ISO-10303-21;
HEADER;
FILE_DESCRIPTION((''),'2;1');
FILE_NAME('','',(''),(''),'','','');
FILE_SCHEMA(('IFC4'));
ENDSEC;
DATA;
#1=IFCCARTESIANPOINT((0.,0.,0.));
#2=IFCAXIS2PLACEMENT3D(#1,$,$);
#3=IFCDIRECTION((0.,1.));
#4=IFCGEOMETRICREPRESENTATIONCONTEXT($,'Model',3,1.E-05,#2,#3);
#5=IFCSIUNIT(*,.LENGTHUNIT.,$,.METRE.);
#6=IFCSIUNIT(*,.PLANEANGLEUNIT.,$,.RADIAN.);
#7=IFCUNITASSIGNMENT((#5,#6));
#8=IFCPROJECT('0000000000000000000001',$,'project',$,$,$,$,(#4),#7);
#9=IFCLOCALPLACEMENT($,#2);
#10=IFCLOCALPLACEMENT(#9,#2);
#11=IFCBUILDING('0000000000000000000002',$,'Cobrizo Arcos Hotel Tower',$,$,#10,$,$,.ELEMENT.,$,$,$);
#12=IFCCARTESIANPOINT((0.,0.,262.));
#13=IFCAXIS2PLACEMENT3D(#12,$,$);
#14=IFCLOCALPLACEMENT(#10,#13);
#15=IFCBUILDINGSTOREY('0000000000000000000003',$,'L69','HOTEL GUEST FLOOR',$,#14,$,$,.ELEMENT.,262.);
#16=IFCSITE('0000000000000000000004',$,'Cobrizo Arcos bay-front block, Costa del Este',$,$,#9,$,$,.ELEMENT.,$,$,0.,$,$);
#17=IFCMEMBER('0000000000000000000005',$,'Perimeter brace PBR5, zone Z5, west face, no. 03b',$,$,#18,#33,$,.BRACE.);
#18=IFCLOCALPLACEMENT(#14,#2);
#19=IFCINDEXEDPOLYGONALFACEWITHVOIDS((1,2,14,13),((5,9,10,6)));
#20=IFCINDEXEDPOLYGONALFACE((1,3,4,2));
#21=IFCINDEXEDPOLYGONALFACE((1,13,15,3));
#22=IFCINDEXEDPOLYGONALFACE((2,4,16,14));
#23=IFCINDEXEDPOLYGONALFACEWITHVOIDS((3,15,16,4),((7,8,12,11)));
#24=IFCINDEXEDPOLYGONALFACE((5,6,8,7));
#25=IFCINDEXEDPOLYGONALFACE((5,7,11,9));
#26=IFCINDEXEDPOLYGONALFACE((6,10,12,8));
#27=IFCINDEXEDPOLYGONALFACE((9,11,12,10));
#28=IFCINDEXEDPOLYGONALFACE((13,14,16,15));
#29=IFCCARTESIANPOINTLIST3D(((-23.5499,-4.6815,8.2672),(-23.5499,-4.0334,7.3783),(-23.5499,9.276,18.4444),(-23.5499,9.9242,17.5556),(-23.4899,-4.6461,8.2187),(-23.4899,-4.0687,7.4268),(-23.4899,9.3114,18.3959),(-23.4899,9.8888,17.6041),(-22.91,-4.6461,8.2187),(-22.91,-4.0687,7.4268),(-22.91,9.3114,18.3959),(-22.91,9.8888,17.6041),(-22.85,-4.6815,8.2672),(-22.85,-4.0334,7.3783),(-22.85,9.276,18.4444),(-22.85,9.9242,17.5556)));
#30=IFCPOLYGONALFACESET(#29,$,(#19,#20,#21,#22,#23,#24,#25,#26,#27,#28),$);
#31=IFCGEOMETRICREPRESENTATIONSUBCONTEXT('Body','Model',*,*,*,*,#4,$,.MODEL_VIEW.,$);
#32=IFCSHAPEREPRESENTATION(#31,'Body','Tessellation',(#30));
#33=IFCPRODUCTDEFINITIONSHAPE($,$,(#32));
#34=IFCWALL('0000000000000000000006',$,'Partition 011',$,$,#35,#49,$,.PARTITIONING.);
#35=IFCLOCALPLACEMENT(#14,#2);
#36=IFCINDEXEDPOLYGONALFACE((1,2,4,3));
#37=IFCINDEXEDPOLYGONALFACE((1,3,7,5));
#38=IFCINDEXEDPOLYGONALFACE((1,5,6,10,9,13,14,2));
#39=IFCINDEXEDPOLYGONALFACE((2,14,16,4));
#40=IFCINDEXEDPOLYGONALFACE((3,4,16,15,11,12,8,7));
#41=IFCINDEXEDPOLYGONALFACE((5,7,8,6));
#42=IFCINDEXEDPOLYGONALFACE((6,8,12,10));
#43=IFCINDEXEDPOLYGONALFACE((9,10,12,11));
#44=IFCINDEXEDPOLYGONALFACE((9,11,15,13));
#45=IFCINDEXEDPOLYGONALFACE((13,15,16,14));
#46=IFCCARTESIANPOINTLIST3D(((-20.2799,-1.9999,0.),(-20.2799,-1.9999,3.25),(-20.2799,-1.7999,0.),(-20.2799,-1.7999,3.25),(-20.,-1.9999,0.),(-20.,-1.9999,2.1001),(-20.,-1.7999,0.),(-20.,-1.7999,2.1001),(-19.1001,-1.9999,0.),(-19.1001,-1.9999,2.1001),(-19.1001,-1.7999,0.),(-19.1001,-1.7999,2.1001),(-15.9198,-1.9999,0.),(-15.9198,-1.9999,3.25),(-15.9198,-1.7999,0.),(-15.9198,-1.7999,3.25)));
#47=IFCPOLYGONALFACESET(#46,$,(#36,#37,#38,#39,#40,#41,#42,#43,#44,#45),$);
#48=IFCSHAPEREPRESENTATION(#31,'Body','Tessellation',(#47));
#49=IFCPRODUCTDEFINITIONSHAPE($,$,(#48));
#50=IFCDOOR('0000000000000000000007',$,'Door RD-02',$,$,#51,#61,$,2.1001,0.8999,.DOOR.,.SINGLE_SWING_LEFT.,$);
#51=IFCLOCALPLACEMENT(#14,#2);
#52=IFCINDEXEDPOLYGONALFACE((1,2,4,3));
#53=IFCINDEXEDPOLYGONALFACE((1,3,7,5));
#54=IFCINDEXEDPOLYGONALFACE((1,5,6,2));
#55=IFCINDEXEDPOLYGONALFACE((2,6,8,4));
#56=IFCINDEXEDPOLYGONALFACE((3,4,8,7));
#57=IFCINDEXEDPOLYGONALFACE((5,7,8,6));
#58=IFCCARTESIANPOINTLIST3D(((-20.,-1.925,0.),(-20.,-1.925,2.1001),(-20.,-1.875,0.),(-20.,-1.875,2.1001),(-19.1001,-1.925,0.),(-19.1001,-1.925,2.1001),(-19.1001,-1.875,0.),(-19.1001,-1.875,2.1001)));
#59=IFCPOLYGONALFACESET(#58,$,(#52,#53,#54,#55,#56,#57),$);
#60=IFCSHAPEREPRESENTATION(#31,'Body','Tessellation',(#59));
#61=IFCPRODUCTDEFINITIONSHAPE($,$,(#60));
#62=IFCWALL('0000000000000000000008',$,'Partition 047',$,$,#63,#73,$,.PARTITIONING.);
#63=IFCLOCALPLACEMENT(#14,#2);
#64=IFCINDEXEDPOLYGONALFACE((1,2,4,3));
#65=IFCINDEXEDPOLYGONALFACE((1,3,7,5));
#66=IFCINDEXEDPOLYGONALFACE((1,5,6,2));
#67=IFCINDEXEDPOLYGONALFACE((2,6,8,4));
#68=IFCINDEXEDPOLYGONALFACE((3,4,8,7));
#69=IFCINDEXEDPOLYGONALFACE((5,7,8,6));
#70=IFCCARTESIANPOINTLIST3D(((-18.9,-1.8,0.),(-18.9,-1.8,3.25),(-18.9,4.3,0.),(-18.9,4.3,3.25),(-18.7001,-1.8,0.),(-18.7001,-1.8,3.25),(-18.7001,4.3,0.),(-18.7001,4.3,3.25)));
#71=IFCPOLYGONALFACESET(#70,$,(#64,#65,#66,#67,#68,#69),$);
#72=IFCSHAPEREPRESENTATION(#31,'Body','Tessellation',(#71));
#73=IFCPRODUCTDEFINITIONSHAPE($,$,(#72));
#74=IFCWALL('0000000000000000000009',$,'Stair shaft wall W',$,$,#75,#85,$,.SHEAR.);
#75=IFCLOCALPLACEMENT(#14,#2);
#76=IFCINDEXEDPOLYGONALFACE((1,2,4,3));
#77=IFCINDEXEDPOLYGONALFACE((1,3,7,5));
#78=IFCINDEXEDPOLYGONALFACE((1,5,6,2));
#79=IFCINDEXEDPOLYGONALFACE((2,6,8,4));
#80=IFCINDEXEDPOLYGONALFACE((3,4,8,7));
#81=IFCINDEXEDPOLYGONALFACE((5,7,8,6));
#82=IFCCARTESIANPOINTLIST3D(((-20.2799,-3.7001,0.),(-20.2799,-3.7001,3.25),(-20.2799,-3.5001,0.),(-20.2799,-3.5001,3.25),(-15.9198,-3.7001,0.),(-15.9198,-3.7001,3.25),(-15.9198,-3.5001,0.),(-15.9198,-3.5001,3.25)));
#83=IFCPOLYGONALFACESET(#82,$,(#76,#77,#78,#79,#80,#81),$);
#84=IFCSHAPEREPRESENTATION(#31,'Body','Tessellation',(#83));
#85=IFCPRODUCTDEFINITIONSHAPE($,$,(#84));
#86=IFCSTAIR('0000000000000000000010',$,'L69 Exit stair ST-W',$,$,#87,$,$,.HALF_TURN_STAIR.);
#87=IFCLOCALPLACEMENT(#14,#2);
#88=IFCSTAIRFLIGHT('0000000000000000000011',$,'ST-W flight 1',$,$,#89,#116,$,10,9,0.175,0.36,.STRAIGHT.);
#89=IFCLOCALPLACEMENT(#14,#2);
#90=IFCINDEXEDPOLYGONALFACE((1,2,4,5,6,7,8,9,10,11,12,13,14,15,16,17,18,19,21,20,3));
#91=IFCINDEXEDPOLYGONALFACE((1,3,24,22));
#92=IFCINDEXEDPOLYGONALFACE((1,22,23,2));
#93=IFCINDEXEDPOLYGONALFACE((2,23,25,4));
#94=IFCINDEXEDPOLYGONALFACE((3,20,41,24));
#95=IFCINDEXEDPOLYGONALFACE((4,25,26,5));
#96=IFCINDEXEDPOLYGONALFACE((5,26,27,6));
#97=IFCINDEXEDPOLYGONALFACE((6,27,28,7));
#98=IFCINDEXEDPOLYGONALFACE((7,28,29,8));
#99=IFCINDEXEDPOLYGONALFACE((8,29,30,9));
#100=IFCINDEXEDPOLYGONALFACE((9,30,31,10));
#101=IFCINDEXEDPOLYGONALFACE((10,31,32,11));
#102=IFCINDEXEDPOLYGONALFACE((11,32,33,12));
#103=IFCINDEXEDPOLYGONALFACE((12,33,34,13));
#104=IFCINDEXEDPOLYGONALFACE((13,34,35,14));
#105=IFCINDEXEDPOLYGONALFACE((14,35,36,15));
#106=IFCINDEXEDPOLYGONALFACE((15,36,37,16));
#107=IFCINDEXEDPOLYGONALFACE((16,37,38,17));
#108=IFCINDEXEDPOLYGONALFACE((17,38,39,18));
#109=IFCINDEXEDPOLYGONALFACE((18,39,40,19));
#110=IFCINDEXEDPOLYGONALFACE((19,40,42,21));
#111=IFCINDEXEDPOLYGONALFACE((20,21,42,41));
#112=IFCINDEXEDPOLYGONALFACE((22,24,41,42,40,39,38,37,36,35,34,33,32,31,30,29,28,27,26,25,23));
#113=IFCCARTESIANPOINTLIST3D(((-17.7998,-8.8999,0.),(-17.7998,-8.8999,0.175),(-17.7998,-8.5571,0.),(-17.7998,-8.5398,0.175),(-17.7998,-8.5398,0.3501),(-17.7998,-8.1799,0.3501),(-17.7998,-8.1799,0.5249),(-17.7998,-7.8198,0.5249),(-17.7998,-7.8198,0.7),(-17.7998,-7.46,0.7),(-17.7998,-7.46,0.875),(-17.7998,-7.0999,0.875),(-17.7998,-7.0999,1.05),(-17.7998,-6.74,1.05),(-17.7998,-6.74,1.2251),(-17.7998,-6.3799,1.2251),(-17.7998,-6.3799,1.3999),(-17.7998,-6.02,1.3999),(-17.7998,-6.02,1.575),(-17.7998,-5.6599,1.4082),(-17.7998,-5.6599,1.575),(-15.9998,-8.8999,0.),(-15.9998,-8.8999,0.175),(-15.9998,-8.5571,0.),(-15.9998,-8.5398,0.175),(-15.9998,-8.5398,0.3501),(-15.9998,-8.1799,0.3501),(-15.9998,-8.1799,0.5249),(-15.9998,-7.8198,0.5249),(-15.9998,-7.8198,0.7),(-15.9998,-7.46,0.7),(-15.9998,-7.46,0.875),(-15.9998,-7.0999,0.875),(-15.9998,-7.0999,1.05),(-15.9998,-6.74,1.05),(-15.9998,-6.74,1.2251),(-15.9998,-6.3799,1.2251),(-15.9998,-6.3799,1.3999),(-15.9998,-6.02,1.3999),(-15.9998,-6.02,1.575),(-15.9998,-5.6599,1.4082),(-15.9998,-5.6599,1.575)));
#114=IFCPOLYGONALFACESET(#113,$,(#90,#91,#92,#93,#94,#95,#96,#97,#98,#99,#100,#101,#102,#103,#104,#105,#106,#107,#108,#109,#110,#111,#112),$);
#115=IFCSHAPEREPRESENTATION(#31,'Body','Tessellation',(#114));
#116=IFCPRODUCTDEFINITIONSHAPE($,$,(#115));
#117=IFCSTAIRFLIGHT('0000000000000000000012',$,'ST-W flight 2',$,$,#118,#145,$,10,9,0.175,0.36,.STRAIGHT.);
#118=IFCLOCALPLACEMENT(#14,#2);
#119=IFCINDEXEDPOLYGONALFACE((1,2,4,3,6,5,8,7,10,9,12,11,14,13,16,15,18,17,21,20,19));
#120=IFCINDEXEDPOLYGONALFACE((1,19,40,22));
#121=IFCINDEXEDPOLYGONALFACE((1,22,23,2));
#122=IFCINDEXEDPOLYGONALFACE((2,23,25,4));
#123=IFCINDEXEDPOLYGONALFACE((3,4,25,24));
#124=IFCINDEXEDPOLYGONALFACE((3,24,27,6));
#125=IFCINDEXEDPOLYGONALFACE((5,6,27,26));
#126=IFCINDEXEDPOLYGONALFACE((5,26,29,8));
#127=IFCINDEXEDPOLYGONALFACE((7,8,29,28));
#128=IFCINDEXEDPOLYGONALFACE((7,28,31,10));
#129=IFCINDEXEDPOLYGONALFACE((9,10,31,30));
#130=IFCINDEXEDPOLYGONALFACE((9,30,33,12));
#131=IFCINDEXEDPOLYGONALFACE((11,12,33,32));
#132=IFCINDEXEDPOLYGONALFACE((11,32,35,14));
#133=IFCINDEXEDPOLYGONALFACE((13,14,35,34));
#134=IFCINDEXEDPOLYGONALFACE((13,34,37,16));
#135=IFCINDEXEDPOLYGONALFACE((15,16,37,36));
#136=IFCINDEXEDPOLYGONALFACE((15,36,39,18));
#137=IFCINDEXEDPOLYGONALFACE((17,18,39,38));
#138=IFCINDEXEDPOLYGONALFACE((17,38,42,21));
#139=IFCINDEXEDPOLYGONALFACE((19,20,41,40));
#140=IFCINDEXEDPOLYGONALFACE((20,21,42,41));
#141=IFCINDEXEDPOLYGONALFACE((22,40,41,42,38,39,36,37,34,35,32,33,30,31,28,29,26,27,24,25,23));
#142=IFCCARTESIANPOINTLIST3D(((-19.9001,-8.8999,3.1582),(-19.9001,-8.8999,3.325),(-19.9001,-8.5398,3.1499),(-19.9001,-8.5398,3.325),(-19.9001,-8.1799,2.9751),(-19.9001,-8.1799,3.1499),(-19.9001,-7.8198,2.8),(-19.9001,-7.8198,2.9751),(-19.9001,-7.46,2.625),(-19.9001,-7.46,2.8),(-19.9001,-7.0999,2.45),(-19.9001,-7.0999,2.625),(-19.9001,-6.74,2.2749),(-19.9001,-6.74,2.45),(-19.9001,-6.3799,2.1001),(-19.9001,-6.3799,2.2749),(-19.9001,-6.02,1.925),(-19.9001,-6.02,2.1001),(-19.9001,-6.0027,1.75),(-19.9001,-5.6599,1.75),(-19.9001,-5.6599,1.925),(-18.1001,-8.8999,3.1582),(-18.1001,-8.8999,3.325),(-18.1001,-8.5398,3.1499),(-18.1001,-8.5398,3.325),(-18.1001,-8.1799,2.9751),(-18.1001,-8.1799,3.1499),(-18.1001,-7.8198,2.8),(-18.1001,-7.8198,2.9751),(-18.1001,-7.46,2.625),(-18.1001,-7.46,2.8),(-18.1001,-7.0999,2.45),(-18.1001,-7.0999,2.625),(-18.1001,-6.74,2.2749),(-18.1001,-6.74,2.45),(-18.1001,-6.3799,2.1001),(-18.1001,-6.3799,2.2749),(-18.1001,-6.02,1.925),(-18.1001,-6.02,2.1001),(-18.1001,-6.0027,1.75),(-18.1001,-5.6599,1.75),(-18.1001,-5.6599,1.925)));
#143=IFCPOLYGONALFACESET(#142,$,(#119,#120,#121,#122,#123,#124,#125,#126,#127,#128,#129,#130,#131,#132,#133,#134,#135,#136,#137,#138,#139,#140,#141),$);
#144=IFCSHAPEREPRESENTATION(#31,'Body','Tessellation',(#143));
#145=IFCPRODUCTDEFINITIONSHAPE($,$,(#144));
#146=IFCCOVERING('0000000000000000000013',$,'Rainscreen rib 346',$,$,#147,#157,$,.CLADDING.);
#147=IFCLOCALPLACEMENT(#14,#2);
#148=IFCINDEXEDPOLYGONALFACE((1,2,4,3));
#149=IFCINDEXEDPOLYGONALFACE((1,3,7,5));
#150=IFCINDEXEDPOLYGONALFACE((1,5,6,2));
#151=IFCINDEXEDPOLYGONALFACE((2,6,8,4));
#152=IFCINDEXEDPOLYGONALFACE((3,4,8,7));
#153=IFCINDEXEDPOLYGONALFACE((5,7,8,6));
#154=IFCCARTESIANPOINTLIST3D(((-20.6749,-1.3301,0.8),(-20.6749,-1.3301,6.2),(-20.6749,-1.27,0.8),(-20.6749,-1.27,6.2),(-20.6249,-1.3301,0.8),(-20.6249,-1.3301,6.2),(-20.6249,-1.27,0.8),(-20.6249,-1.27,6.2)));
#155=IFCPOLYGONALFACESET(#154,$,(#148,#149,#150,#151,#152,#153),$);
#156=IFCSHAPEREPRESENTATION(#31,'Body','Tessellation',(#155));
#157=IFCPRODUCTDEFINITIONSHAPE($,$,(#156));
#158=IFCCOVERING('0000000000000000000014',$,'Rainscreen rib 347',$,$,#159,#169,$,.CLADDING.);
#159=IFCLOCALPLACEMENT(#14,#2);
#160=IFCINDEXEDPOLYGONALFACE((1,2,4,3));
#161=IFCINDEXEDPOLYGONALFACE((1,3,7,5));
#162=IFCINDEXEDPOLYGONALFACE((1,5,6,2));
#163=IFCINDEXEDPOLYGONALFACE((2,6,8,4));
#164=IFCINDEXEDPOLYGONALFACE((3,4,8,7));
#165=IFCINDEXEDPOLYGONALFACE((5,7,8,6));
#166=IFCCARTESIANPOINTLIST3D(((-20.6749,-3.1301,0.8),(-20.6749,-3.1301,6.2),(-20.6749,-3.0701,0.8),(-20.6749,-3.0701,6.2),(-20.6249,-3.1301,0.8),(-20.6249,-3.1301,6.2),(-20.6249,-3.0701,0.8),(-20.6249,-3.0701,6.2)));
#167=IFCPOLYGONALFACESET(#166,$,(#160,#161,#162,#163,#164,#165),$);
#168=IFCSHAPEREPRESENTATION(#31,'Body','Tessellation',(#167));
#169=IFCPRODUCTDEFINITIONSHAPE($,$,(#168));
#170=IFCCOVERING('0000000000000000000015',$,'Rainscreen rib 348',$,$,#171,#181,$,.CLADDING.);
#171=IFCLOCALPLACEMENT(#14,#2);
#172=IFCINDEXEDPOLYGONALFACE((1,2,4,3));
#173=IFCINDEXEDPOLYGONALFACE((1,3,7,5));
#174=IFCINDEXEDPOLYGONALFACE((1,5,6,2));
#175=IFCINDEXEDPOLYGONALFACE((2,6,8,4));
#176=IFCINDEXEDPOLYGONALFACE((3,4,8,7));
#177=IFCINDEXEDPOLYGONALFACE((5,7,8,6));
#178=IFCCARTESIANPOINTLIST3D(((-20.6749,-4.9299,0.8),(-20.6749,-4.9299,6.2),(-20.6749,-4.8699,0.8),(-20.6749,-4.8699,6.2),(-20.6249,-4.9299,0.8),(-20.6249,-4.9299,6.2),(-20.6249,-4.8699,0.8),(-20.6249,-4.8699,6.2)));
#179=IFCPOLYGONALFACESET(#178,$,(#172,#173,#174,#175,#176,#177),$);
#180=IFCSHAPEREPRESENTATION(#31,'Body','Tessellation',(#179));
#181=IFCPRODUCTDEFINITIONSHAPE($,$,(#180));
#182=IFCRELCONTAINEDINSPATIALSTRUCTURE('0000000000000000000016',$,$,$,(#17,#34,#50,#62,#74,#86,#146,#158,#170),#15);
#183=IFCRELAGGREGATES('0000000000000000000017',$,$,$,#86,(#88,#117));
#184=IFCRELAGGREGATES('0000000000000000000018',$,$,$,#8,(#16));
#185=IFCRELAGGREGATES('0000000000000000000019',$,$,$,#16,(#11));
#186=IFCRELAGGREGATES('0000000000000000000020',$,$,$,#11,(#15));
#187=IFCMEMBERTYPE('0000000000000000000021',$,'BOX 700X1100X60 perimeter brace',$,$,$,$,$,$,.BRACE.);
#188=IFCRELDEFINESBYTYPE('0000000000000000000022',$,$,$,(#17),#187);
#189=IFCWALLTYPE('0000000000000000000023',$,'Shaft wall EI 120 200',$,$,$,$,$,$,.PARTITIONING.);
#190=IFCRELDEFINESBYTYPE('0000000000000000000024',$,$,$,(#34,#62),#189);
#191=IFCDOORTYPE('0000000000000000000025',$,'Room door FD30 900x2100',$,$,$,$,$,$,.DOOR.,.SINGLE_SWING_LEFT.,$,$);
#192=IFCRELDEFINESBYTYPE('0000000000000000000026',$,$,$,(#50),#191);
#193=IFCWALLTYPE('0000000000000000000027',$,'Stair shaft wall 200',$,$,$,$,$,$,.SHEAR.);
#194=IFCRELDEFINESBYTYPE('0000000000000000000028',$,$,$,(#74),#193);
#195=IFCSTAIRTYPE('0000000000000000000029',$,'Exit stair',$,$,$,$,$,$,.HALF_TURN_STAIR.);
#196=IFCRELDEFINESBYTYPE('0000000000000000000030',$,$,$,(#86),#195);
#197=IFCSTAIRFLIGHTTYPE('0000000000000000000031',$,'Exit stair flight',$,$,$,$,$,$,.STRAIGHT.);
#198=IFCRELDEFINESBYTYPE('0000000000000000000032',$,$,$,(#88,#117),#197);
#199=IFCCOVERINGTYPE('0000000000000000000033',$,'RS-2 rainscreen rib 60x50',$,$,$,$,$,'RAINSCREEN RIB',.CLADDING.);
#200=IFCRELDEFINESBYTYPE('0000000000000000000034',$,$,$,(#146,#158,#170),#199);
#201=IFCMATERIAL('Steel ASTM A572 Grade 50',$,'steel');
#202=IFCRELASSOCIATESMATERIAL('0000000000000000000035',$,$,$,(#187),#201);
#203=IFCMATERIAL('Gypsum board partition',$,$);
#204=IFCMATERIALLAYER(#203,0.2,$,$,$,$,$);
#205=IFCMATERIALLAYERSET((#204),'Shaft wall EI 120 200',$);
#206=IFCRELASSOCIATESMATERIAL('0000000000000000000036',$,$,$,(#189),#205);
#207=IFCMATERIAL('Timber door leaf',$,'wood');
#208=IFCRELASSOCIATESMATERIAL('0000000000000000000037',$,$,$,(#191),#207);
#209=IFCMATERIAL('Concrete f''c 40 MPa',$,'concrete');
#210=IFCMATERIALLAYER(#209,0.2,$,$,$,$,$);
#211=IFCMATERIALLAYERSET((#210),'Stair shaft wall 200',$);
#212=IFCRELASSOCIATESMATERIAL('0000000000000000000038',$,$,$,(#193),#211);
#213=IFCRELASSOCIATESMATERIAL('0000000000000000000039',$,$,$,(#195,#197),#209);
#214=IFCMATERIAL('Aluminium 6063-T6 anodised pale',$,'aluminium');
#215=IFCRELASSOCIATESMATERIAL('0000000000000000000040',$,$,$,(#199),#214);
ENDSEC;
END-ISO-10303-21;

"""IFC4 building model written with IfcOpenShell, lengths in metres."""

from ifc_helpers import new_model, si_unit, direction, frame, frame_2d, origin, origin_2d, place, context, subcontext, project, spatial, polyline, rectangle, hollow_rectangle, outline, extrude, material, layer, layer_set, material_profile, profile_set, type_object, element, fill, aggregate, save


model = new_model("IFC4")

# Units and contexts
model_context = context("Model", 3, precision=1e-05, world=origin(), true_north=direction((0.0, 1.0)))
body_context = subcontext(model_context, "Body", "Model", "MODEL_VIEW")
ifc_project = project(units=[si_unit("LENGTHUNIT", "METRE"), si_unit("PLANEANGLEUNIT", "RADIAN")], contexts=[model_context])

# Site, building, storey
site_placement = place(None, origin())
site = spatial("IfcSite", under=ifc_project, at=site_placement, Name="Cobrizo Arcos bay-front block, Costa del Este", CompositionType="ELEMENT", RefElevation=0.0)
building_placement = place(site_placement, origin())
building = spatial("IfcBuilding", under=site, at=building_placement, Name="Cobrizo Arcos Hotel Tower", CompositionType="ELEMENT")
storey_placement = place(building_placement, frame((0.0, 0.0, 262.0)))
storey = spatial("IfcBuildingStorey", under=building, at=storey_placement, Name="L69", Description="HOTEL GUEST FLOOR", CompositionType="ELEMENT", Elevation=262.0)

# Member
ifc_material_1 = material(Name="Steel ASTM A572 Grade 50", Category="steel")
ifc_material_profile = material_profile(ifc_material_1, hollow_rectangle(XDim=0.7, YDim=1.1001, WallThickness=0.0601, at=origin_2d()), Name="BOX 700X1100X60")
ifc_profile_set = profile_set([ifc_material_profile], Name="Steel ASTM A572 Grade 50")
member_type = type_object("IfcMemberType", Name="BOX 700X1100X60 perimeter brace", PredefinedType="BRACE", material=ifc_profile_set)
member_placement = place(storey_placement, frame((-23.2, -4.3574, 7.8228), z_axis=(0.0, 0.808011, 0.589168), x_axis=(-1.0, 0.0, 0.0)))
element("IfcMember", 1, at=member_placement, inside=storey, type_object=member_type, Name="Perimeter brace PBR5, zone Z5, west face, no. 03b", PredefinedType="BRACE", context=body_context, shape_type="SweptSolid", body=[
    extrude(hollow_rectangle(XDim=0.7, YDim=1.1001, WallThickness=0.0601, at=origin_2d()), origin(), (0.0, 0.0, 1.0), 17.2739),
])

# Wall, opening, door
ifc_material_2 = material(Name="Gypsum board partition")
ifc_layer_1 = layer(ifc_material_2, 0.2)
ifc_layer_set_1 = layer_set([ifc_layer_1], Name="Shaft wall EI 120 200")
wall_type_1 = type_object("IfcWallType", Name="Shaft wall EI 120 200", PredefinedType="PARTITIONING", material=ifc_layer_set_1)
wall_1_placement = place(storey_placement, frame((-20.28, -1.8999, 0.0), z_axis=(0.0, 0.0, 1.0), x_axis=(1.0, 0.0, 0.0)))
wall_1 = element("IfcWall", 2, at=wall_1_placement, inside=storey, type_object=wall_type_1, Name="Partition 011", PredefinedType="PARTITIONING", context=body_context, shape_type="SweptSolid", body=[
    extrude(rectangle(XDim=4.3601, YDim=0.2, at=frame_2d((2.1802, 0.0))), origin(), (0.0, 0.0, 1.0), 3.25),
])
opening_placement = place(wall_1_placement, frame((0.28, 0.0, 0.0)))
opening = element("IfcOpeningElement", 3, at=opening_placement, cuts=wall_1, PredefinedType="OPENING", context=body_context, shape_type="SweptSolid", body=[
    extrude(rectangle(XDim=0.8999, YDim=2.1001, at=frame_2d((0.45, 1.05))), frame((0.0, 0.1121, 0.0), z_axis=(0.0, -1.0, 0.0), x_axis=(1.0, 0.0, 0.0)), (0.0, 0.0, 1.0), 0.2239),
])
ifc_material_3 = material(Name="Timber door leaf", Category="wood")
door_type = type_object("IfcDoorType", Name="Room door FD30 900x2100", OperationType="SINGLE_SWING_LEFT", PredefinedType="DOOR", material=ifc_material_3)
door_placement = place(opening_placement, origin())
door = element("IfcDoor", 4, at=door_placement, inside=storey, type_object=door_type, Name="Door RD-02", OperationType="SINGLE_SWING_LEFT", OverallHeight=2.1001, OverallWidth=0.8999, PredefinedType="DOOR", context=body_context, shape_type="SweptSolid", body=[
    extrude(rectangle(XDim=0.8999, YDim=2.1001, at=frame_2d((0.45, 1.05))), frame((0.0, 0.0249, 0.0), z_axis=(0.0, -1.0, 0.0), x_axis=(1.0, 0.0, 0.0)), (0.0, 0.0, 1.0), 0.05),
])
fill(opening, door)

# Walls
wall_2_placement = place(storey_placement, frame((-18.8, -1.8, 0.0), z_axis=(0.0, 0.0, 1.0), x_axis=(0.0, 1.0, 0.0)))
element("IfcWall", 5, at=wall_2_placement, inside=storey, type_object=wall_type_1, Name="Partition 047", PredefinedType="PARTITIONING", context=body_context, shape_type="SweptSolid", body=[
    extrude(rectangle(XDim=6.1001, YDim=0.2, at=frame_2d((3.05, 0.0))), origin(), (0.0, 0.0, 1.0), 3.25),
])
ifc_material_4 = material(Name="Concrete f'c 40 MPa", Category="concrete")
ifc_layer_2 = layer(ifc_material_4, 0.2)
ifc_layer_set_2 = layer_set([ifc_layer_2], Name="Stair shaft wall 200")
wall_type_2 = type_object("IfcWallType", Name="Stair shaft wall 200", PredefinedType="SHEAR", material=ifc_layer_set_2)
wall_3_placement = place(storey_placement, frame((-20.28, -3.6001, 0.0), z_axis=(0.0, 0.0, 1.0), x_axis=(1.0, 0.0, 0.0)))
element("IfcWall", 6, at=wall_3_placement, inside=storey, type_object=wall_type_2, Name="Stair shaft wall W", PredefinedType="SHEAR", context=body_context, shape_type="SweptSolid", body=[
    extrude(rectangle(XDim=4.3601, YDim=0.2, at=frame_2d((2.1802, 0.0))), origin(), (0.0, 0.0, 1.0), 3.25),
])

# Stair, stair flights
stair_type = type_object("IfcStairType", Name="Exit stair", PredefinedType="HALF_TURN_STAIR", material=ifc_material_4)
stair_placement = place(storey_placement, origin())
stair = element("IfcStair", 7, at=stair_placement, inside=storey, type_object=stair_type, Name="L69 Exit stair ST-W", PredefinedType="HALF_TURN_STAIR")
stair_flight_type = type_object("IfcStairFlightType", Name="Exit stair flight", PredefinedType="STRAIGHT", material=ifc_material_4)
stair_flight_1_placement = place(storey_placement, frame((-16.8999, -8.8999, 0.0), z_axis=(0.0, 0.0, 1.0), x_axis=(0.0, 1.0, 0.0)))
stair_flight_1 = element("IfcStairFlight", 8, at=stair_flight_1_placement, type_object=stair_flight_type, Name="ST-W flight 1", NumberOfRisers=10, NumberOfTreads=9, PredefinedType="STRAIGHT", RiserHeight=0.175, TreadLength=0.36, context=body_context, shape_type="SweptSolid", body=[
    extrude(outline(polyline([(0.0, 0.0), (0.0, 0.175), (0.3601, 0.175), (0.3601, 0.3501), (0.72, 0.3501), (0.72, 0.5249), (1.0801, 0.5249), (1.0801, 0.7), (1.4399, 0.7), (1.4399, 0.875), (1.8, 0.875), (1.8, 1.05), (2.1599, 1.05), (2.1599, 1.2251), (2.52, 1.2251), (2.52, 1.3999), (2.8799, 1.3999), (2.8799, 1.575), (3.24, 1.575), (3.24, 1.75), (3.24, 1.4082), (0.3428, 0.0), (0.0, 0.0)])), frame((0.0, 0.8999, 0.0), z_axis=(0.0, -1.0, 0.0), x_axis=(1.0, 0.0, 0.0)), (0.0, 0.0, 1.0), 1.8),
])
stair_flight_2_placement = place(storey_placement, frame((-19.0, -5.6599, 1.75), z_axis=(0.0, 0.0, 1.0), x_axis=(0.0, -1.0, 0.0)))
stair_flight_2 = element("IfcStairFlight", 9, at=stair_flight_2_placement, type_object=stair_flight_type, Name="ST-W flight 2", NumberOfRisers=10, NumberOfTreads=9, PredefinedType="STRAIGHT", RiserHeight=0.175, TreadLength=0.36, context=body_context, shape_type="SweptSolid", body=[
    extrude(outline(polyline([(0.0, 0.0), (0.0, 0.175), (0.3601, 0.175), (0.3601, 0.3501), (0.72, 0.3501), (0.72, 0.5249), (1.0801, 0.5249), (1.0801, 0.7), (1.4399, 0.7), (1.4399, 0.875), (1.8, 0.875), (1.8, 1.05), (2.1599, 1.05), (2.1599, 1.2251), (2.52, 1.2251), (2.52, 1.3999), (2.8799, 1.3999), (2.8799, 1.575), (3.24, 1.575), (3.24, 1.75), (3.24, 1.4082), (0.3428, 0.0), (0.0, 0.0)])), frame((0.0, 0.8999, 0.0), z_axis=(0.0, -1.0, 0.0), x_axis=(1.0, 0.0, 0.0)), (0.0, 0.0, 1.0), 1.8),
])
aggregate(stair, [stair_flight_1, stair_flight_2])

# Coverings
ifc_material_5 = material(Name="Aluminium 6063-T6 anodised pale", Category="aluminium")
covering_type_1 = type_object("IfcCoveringType", Name="RS-2 rainscreen rib 60x50", ElementType="RAINSCREEN RIB", PredefinedType="CLADDING", material=ifc_material_5)
for number, where, z_axis, x_axis, name in (
    (10, (-20.6499, -1.3, 0.8), (0.0, 0.0, 1.0), (0.0, -1.0, 0.0), "Rainscreen rib 346"),
    (11, (-20.6499, -3.1001, 0.8), (0.0, 0.0, 1.0), (0.0, -1.0, 0.0), "Rainscreen rib 347"),
    (12, (-20.6499, -4.8999, 0.8), (0.0, 0.0, 1.0), (0.0, -1.0, 0.0), "Rainscreen rib 348"),
):
    element("IfcCovering", number, at=place(storey_placement, frame(where, z_axis=z_axis, x_axis=x_axis)), inside=storey, type_object=covering_type_1, Name=name, PredefinedType="CLADDING", context=body_context, shape_type="SweptSolid", body=[
        extrude(rectangle(XDim=0.0601, YDim=0.05, at=origin_2d()), origin(), (0.0, 0.0, 1.0), 5.3999),
    ])

save(model, "model.ifc")
